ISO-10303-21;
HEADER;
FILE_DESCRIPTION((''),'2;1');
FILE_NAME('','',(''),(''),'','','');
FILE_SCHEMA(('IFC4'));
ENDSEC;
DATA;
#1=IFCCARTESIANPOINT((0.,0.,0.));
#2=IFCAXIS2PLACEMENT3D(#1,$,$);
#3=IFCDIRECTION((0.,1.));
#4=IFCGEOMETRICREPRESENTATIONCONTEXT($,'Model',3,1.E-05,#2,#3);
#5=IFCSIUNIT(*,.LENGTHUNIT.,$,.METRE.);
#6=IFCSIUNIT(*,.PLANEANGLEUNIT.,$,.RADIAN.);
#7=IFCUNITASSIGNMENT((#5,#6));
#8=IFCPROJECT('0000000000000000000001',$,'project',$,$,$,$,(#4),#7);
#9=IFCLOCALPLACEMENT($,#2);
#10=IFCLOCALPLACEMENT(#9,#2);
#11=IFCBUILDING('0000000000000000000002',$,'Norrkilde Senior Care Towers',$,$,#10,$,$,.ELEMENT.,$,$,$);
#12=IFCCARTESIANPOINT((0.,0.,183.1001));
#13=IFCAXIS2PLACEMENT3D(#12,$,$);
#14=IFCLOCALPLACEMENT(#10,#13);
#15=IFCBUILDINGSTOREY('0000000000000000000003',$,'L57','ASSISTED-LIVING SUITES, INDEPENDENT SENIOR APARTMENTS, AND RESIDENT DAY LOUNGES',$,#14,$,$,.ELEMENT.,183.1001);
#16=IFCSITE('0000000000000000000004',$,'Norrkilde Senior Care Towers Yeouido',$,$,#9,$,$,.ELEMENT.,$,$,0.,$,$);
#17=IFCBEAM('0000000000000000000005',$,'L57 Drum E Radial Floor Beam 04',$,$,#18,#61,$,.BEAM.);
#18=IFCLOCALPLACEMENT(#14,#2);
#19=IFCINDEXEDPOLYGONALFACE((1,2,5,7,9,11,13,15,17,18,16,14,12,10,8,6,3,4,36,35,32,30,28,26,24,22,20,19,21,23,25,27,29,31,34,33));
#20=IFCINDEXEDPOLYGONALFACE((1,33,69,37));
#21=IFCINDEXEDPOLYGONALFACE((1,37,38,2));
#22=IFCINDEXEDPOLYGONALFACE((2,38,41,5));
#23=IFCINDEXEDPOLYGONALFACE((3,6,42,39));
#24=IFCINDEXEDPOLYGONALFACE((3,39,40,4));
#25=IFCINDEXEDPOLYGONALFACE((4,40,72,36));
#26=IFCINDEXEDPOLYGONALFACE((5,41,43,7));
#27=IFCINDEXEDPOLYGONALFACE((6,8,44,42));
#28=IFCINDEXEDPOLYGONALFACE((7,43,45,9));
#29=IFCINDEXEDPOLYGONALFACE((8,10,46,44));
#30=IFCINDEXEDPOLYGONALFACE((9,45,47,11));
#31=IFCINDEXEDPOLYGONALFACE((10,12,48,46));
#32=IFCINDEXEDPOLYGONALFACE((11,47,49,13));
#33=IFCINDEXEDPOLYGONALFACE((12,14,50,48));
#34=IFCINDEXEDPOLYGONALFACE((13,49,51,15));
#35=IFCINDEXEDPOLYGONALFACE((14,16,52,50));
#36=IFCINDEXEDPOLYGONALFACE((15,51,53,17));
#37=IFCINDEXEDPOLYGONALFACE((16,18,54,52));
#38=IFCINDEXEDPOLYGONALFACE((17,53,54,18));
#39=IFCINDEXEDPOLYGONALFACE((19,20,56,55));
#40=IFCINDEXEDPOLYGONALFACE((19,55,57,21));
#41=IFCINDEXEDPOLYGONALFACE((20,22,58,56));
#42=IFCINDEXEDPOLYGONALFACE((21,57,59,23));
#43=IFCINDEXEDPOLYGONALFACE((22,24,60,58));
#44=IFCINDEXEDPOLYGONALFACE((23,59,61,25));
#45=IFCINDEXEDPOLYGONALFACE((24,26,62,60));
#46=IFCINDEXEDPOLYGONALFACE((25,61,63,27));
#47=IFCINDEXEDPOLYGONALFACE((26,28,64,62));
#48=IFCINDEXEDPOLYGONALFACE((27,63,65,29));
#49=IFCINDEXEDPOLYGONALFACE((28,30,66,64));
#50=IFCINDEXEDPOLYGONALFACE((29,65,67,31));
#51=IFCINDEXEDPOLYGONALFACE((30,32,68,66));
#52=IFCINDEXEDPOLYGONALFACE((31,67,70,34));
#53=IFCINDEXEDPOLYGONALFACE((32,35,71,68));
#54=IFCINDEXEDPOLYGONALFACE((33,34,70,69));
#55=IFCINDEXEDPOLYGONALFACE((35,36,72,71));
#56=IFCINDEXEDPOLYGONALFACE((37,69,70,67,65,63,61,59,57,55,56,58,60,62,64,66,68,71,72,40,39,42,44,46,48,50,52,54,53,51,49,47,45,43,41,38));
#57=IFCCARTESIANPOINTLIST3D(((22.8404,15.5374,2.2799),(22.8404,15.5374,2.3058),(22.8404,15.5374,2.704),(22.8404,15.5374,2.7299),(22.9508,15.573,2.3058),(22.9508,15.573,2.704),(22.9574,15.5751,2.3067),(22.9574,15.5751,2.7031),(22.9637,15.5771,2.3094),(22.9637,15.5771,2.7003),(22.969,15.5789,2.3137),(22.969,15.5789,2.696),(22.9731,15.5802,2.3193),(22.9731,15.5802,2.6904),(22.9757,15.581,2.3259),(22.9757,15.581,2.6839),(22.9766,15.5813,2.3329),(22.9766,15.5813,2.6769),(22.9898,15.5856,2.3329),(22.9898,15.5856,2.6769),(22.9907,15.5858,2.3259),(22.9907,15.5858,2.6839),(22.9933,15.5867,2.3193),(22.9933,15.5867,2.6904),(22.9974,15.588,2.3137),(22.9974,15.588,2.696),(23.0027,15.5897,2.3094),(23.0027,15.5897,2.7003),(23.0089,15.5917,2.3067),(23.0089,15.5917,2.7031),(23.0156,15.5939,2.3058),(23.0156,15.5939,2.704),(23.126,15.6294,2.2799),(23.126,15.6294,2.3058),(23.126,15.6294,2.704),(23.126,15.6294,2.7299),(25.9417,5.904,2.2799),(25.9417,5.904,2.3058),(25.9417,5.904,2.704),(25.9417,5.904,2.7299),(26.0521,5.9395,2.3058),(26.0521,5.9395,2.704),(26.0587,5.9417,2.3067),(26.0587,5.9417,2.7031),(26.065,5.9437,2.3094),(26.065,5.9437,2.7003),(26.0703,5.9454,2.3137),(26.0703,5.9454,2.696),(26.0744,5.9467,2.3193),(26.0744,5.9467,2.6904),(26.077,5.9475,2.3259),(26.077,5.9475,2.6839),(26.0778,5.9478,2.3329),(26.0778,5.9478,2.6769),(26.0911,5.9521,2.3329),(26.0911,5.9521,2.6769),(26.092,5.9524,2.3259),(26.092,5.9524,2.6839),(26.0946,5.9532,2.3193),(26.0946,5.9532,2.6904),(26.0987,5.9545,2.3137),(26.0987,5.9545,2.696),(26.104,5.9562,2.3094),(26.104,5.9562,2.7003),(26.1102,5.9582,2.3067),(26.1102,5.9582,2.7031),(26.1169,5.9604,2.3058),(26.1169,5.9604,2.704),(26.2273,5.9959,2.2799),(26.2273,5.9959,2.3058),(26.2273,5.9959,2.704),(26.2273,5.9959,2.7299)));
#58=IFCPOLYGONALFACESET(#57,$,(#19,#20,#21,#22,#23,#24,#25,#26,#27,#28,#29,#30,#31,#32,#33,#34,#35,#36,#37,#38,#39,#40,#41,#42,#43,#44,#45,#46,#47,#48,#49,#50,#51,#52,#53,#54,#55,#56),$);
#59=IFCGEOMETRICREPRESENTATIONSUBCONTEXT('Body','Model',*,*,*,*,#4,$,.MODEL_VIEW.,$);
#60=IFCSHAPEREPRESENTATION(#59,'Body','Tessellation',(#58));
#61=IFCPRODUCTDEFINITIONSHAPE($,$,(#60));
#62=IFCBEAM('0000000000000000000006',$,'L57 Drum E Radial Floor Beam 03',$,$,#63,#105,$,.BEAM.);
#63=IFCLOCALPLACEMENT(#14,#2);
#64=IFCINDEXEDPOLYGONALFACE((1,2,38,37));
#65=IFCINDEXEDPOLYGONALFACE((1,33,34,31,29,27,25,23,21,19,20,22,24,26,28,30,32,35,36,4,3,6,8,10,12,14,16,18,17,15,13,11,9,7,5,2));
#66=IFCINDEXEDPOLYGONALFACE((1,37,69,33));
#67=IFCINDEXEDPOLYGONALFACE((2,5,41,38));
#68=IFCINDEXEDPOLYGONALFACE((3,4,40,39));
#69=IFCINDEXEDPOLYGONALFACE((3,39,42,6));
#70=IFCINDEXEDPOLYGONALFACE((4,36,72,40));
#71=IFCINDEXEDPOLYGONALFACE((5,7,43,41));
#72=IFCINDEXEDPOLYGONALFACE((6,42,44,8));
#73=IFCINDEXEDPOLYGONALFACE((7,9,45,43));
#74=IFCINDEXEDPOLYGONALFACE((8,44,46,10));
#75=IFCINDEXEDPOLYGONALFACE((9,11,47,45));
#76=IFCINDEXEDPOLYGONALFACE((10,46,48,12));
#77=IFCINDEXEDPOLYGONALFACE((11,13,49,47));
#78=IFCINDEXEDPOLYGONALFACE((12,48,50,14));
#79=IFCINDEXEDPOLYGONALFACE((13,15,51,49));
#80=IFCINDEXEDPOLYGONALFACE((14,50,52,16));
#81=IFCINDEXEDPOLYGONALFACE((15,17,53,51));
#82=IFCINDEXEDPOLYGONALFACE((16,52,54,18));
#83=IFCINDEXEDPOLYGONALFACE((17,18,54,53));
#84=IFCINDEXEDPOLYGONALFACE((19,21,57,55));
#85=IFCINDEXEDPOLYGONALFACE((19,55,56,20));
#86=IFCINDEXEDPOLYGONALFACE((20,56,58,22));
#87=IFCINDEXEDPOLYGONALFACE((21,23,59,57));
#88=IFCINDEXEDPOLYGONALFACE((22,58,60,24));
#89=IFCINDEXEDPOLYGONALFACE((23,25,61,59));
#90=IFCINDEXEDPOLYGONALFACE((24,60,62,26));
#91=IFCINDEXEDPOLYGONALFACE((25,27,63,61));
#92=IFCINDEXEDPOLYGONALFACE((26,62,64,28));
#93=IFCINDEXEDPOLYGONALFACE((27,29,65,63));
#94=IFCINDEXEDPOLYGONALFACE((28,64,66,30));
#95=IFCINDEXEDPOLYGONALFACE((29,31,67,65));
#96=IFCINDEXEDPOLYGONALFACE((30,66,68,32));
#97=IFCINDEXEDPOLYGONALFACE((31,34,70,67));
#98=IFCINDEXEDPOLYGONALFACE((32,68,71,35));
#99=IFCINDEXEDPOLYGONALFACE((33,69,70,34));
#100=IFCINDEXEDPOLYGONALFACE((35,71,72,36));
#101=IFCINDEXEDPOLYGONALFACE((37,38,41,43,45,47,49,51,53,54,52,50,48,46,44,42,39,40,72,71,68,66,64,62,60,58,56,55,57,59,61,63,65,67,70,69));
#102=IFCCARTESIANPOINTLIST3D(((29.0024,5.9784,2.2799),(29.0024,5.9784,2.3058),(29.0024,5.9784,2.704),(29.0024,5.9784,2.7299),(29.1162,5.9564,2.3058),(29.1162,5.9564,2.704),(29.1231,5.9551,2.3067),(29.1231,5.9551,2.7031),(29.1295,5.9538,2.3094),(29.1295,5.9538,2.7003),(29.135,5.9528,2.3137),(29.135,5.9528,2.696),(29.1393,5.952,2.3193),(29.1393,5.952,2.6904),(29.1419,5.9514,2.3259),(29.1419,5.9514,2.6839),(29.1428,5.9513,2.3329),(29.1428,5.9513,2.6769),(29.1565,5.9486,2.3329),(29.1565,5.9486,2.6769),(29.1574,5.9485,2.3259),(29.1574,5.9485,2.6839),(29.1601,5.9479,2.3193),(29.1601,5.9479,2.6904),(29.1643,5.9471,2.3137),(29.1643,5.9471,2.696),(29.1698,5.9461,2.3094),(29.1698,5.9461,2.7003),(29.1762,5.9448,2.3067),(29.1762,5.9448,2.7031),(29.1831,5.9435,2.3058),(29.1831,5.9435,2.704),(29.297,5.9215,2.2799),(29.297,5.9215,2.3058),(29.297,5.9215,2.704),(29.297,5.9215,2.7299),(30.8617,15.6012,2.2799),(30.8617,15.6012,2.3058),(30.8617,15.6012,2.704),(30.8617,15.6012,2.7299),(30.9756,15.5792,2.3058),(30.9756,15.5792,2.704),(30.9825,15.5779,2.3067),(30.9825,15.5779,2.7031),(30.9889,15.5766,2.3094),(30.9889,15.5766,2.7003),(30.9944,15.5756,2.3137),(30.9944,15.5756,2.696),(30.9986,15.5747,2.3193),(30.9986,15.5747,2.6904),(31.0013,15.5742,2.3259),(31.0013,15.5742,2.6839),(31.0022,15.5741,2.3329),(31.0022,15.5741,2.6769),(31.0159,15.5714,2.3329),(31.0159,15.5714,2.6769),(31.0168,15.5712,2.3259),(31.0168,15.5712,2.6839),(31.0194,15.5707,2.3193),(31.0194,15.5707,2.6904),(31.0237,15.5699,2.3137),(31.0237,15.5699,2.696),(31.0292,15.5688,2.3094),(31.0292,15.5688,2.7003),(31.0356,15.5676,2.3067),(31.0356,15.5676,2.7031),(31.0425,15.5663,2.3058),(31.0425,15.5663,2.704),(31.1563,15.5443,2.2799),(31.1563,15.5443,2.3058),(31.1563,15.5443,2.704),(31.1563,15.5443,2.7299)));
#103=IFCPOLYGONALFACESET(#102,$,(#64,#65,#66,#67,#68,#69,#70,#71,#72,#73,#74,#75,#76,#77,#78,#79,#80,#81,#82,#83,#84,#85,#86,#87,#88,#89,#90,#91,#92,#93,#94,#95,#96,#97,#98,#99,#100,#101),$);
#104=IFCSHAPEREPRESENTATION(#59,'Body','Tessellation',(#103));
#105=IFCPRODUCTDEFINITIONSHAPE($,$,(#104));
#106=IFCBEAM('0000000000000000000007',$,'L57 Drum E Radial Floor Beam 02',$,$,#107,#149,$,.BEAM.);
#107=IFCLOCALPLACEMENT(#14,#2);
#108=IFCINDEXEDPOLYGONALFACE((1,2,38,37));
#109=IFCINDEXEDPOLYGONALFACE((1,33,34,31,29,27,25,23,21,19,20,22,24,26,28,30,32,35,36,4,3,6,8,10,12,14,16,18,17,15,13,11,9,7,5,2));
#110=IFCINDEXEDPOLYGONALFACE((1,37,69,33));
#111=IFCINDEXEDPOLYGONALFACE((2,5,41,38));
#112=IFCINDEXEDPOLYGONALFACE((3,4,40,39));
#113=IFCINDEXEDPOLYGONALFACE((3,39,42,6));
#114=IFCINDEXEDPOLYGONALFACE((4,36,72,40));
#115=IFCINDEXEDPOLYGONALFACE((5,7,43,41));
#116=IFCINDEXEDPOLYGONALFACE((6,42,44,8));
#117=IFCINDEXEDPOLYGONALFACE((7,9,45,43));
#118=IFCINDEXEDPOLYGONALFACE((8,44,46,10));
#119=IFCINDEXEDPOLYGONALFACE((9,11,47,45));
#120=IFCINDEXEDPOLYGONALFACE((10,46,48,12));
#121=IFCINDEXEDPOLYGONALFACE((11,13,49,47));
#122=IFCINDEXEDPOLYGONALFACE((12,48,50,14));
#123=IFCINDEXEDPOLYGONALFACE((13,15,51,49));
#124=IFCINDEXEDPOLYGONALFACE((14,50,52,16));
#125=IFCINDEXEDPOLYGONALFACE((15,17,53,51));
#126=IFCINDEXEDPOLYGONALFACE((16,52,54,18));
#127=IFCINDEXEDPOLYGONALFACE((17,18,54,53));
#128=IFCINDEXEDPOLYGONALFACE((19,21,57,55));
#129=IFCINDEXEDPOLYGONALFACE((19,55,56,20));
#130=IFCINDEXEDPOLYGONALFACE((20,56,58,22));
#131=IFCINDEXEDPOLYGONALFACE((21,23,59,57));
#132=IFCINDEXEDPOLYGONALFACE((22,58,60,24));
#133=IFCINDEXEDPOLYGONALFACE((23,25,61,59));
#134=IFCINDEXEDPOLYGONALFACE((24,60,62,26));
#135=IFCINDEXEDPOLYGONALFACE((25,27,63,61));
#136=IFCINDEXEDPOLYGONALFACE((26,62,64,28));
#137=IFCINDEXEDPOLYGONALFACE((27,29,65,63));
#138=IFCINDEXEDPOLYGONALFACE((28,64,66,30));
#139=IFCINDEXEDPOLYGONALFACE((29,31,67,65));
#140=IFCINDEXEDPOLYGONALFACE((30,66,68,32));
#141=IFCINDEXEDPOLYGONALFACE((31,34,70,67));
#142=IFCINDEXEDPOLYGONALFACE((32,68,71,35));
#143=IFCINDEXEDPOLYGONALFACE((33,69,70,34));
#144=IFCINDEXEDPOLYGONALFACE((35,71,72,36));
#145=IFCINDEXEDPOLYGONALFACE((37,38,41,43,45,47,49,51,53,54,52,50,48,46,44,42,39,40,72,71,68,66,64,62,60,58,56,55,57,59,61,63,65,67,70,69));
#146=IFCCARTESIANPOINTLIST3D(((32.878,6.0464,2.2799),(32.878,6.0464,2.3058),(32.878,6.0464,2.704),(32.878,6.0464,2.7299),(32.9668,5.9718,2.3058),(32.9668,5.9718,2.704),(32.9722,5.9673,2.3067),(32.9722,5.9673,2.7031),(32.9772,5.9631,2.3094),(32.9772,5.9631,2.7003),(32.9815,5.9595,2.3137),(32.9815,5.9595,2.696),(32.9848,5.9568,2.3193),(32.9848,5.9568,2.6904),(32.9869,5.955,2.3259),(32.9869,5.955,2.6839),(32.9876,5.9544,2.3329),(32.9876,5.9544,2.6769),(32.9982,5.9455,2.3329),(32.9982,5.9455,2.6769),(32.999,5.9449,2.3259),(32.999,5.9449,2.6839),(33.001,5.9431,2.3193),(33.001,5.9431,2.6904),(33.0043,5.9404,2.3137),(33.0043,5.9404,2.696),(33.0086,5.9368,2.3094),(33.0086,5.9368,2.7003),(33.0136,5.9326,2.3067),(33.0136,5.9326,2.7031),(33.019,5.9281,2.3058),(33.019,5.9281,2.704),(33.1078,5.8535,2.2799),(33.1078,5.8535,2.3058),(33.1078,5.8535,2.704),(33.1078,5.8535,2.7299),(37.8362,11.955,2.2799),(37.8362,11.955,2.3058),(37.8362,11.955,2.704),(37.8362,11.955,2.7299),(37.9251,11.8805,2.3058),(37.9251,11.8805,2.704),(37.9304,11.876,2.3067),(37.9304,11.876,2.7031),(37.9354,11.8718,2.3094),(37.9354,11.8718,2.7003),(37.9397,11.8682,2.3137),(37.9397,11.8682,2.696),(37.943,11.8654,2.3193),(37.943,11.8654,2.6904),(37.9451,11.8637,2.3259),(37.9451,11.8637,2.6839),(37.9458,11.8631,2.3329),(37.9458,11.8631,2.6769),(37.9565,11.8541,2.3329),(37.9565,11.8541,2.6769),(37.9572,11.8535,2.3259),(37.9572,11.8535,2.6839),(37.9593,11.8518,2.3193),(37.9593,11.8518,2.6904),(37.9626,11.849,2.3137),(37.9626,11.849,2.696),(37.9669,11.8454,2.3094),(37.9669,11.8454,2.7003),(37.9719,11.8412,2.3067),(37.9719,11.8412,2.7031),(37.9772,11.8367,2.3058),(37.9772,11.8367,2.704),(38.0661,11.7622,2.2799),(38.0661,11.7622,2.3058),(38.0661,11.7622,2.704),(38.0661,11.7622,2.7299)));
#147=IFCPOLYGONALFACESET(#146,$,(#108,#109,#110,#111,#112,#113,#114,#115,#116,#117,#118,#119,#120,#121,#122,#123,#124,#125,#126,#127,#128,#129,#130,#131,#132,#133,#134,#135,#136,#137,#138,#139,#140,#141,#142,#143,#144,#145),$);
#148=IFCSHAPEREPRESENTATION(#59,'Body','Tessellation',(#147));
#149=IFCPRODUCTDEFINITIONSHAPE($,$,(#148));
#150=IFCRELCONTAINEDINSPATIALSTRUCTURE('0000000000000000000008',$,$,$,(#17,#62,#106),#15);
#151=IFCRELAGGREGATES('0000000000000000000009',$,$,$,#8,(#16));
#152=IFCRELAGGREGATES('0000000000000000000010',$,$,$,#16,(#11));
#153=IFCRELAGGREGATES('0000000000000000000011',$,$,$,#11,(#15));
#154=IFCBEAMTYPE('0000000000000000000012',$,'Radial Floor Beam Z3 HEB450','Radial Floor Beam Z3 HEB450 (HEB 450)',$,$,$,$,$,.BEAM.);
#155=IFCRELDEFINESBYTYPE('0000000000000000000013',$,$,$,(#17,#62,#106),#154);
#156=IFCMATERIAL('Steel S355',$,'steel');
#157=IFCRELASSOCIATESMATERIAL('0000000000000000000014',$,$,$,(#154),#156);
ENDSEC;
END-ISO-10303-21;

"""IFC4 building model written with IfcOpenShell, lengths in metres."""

from ifc_helpers import new_model, si_unit, direction, frame, origin, origin_2d, place, context, subcontext, project, spatial, i_section, extrude, source, transform, mapped, material, material_profile, profile_set, type_object, type_shapes, element, save


model = new_model("IFC4")

# Units and contexts
model_context = context("Model", 3, precision=1e-05, world=origin(), true_north=direction((0.0, 1.0)))
body_context = subcontext(model_context, "Body", "Model", "MODEL_VIEW")
ifc_project = project(units=[si_unit("LENGTHUNIT", "METRE"), si_unit("PLANEANGLEUNIT", "RADIAN")], contexts=[model_context])

# Site, building, storey
site_placement = place(None, origin())
site = spatial("IfcSite", under=ifc_project, at=site_placement, Name="Norrkilde Senior Care Towers Yeouido", CompositionType="ELEMENT", RefElevation=0.0)
building_placement = place(site_placement, origin())
building = spatial("IfcBuilding", under=site, at=building_placement, Name="Norrkilde Senior Care Towers", CompositionType="ELEMENT")
storey_placement = place(building_placement, frame((0.0, 0.0, 183.1001)))
storey = spatial("IfcBuildingStorey", under=building, at=storey_placement, Name="L57", Description="ASSISTED-LIVING SUITES, INDEPENDENT SENIOR APARTMENTS, AND RESIDENT DAY LOUNGES", CompositionType="ELEMENT", Elevation=183.1001)

# Beams
ifc_material_1 = material(Name="Steel S355", Category="steel")
ifc_material_profile = material_profile(ifc_material_1, i_section(OverallWidth=0.3, OverallDepth=0.45, WebThickness=0.0139, FlangeThickness=0.0259, FilletRadius=0.0271, at=origin_2d()), Name="HEB 450")
ifc_profile_set = profile_set([ifc_material_profile], Name="Steel S355")
beam_type = type_object("IfcBeamType", Name="Radial Floor Beam Z3 HEB450", Description="Radial Floor Beam Z3 HEB450 (HEB 450)", PredefinedType="BEAM", material=ifc_profile_set)
shared_shape_1 = source(origin(), body_context, "Body", "SweptSolid", [
    extrude(i_section(OverallWidth=0.3, OverallDepth=0.45, WebThickness=0.0139, FlangeThickness=0.0259, FilletRadius=0.0271, at=origin_2d()), origin(), (0.0, 0.0, 1.0), 10.1204),
])
beam_1_placement = place(storey_placement, frame((26.0845, 5.95, 2.5049), z_axis=(-0.306441, 0.95189, 0.0), x_axis=(-0.95189, -0.306441, 0.0)))
element("IfcBeam", 1, at=beam_1_placement, inside=storey, type_object=beam_type, Name="L57 Drum E Radial Floor Beam 04", PredefinedType="BEAM", context=body_context, shape_type="MappedRepresentation", body=[
    mapped(shared_shape_1, transform((0.0, 0.0, 0.0), x_axis=(1.0, 0.0, 0.0), y_axis=(0.0, 1.0, 0.0), z_axis=(0.0, 0.0, 1.0), scale=1.0)),
])
shared_shape_2 = source(origin(), body_context, "Body", "SweptSolid", [
    extrude(i_section(OverallWidth=0.3, OverallDepth=0.45, WebThickness=0.0139, FlangeThickness=0.0259, FilletRadius=0.0271, at=origin_2d()), origin(), (0.0, 0.0, 1.0), 9.8008),
])
beam_2_placement = place(storey_placement, frame((29.1497, 5.95, 2.5049), z_axis=(0.189717, 0.981839, 0.0), x_axis=(-0.981839, 0.189717, 0.0)))
element("IfcBeam", 2, at=beam_2_placement, inside=storey, type_object=beam_type, Name="L57 Drum E Radial Floor Beam 03", PredefinedType="BEAM", context=body_context, shape_type="MappedRepresentation", body=[
    mapped(shared_shape_2, transform((0.0, 0.0, 0.0), x_axis=(1.0, 0.0, 0.0), y_axis=(0.0, 1.0, 0.0), z_axis=(0.0, 0.0, 1.0), scale=1.0)),
])
shared_shape_3 = source(origin(), body_context, "Body", "SweptSolid", [
    extrude(i_section(OverallWidth=0.3, OverallDepth=0.45, WebThickness=0.0139, FlangeThickness=0.0259, FilletRadius=0.0271, at=origin_2d()), origin(), (0.0, 0.0, 1.0), 7.7134),
])
type_shapes(beam_type, [shared_shape_1, shared_shape_2, shared_shape_3])
beam_3_placement = place(storey_placement, frame((32.9929, 5.95, 2.5049), z_axis=(0.642808, 0.766027, 0.0), x_axis=(-0.766027, 0.642808, 0.0)))
element("IfcBeam", 3, at=beam_3_placement, inside=storey, type_object=beam_type, Name="L57 Drum E Radial Floor Beam 02", PredefinedType="BEAM", context=body_context, shape_type="MappedRepresentation", body=[
    mapped(shared_shape_3, transform((0.0, 0.0, 0.0), x_axis=(1.0, 0.0, 0.0), y_axis=(0.0, 1.0, 0.0), z_axis=(0.0, 0.0, 1.0), scale=1.0)),
])

save(model, "model.ifc")
